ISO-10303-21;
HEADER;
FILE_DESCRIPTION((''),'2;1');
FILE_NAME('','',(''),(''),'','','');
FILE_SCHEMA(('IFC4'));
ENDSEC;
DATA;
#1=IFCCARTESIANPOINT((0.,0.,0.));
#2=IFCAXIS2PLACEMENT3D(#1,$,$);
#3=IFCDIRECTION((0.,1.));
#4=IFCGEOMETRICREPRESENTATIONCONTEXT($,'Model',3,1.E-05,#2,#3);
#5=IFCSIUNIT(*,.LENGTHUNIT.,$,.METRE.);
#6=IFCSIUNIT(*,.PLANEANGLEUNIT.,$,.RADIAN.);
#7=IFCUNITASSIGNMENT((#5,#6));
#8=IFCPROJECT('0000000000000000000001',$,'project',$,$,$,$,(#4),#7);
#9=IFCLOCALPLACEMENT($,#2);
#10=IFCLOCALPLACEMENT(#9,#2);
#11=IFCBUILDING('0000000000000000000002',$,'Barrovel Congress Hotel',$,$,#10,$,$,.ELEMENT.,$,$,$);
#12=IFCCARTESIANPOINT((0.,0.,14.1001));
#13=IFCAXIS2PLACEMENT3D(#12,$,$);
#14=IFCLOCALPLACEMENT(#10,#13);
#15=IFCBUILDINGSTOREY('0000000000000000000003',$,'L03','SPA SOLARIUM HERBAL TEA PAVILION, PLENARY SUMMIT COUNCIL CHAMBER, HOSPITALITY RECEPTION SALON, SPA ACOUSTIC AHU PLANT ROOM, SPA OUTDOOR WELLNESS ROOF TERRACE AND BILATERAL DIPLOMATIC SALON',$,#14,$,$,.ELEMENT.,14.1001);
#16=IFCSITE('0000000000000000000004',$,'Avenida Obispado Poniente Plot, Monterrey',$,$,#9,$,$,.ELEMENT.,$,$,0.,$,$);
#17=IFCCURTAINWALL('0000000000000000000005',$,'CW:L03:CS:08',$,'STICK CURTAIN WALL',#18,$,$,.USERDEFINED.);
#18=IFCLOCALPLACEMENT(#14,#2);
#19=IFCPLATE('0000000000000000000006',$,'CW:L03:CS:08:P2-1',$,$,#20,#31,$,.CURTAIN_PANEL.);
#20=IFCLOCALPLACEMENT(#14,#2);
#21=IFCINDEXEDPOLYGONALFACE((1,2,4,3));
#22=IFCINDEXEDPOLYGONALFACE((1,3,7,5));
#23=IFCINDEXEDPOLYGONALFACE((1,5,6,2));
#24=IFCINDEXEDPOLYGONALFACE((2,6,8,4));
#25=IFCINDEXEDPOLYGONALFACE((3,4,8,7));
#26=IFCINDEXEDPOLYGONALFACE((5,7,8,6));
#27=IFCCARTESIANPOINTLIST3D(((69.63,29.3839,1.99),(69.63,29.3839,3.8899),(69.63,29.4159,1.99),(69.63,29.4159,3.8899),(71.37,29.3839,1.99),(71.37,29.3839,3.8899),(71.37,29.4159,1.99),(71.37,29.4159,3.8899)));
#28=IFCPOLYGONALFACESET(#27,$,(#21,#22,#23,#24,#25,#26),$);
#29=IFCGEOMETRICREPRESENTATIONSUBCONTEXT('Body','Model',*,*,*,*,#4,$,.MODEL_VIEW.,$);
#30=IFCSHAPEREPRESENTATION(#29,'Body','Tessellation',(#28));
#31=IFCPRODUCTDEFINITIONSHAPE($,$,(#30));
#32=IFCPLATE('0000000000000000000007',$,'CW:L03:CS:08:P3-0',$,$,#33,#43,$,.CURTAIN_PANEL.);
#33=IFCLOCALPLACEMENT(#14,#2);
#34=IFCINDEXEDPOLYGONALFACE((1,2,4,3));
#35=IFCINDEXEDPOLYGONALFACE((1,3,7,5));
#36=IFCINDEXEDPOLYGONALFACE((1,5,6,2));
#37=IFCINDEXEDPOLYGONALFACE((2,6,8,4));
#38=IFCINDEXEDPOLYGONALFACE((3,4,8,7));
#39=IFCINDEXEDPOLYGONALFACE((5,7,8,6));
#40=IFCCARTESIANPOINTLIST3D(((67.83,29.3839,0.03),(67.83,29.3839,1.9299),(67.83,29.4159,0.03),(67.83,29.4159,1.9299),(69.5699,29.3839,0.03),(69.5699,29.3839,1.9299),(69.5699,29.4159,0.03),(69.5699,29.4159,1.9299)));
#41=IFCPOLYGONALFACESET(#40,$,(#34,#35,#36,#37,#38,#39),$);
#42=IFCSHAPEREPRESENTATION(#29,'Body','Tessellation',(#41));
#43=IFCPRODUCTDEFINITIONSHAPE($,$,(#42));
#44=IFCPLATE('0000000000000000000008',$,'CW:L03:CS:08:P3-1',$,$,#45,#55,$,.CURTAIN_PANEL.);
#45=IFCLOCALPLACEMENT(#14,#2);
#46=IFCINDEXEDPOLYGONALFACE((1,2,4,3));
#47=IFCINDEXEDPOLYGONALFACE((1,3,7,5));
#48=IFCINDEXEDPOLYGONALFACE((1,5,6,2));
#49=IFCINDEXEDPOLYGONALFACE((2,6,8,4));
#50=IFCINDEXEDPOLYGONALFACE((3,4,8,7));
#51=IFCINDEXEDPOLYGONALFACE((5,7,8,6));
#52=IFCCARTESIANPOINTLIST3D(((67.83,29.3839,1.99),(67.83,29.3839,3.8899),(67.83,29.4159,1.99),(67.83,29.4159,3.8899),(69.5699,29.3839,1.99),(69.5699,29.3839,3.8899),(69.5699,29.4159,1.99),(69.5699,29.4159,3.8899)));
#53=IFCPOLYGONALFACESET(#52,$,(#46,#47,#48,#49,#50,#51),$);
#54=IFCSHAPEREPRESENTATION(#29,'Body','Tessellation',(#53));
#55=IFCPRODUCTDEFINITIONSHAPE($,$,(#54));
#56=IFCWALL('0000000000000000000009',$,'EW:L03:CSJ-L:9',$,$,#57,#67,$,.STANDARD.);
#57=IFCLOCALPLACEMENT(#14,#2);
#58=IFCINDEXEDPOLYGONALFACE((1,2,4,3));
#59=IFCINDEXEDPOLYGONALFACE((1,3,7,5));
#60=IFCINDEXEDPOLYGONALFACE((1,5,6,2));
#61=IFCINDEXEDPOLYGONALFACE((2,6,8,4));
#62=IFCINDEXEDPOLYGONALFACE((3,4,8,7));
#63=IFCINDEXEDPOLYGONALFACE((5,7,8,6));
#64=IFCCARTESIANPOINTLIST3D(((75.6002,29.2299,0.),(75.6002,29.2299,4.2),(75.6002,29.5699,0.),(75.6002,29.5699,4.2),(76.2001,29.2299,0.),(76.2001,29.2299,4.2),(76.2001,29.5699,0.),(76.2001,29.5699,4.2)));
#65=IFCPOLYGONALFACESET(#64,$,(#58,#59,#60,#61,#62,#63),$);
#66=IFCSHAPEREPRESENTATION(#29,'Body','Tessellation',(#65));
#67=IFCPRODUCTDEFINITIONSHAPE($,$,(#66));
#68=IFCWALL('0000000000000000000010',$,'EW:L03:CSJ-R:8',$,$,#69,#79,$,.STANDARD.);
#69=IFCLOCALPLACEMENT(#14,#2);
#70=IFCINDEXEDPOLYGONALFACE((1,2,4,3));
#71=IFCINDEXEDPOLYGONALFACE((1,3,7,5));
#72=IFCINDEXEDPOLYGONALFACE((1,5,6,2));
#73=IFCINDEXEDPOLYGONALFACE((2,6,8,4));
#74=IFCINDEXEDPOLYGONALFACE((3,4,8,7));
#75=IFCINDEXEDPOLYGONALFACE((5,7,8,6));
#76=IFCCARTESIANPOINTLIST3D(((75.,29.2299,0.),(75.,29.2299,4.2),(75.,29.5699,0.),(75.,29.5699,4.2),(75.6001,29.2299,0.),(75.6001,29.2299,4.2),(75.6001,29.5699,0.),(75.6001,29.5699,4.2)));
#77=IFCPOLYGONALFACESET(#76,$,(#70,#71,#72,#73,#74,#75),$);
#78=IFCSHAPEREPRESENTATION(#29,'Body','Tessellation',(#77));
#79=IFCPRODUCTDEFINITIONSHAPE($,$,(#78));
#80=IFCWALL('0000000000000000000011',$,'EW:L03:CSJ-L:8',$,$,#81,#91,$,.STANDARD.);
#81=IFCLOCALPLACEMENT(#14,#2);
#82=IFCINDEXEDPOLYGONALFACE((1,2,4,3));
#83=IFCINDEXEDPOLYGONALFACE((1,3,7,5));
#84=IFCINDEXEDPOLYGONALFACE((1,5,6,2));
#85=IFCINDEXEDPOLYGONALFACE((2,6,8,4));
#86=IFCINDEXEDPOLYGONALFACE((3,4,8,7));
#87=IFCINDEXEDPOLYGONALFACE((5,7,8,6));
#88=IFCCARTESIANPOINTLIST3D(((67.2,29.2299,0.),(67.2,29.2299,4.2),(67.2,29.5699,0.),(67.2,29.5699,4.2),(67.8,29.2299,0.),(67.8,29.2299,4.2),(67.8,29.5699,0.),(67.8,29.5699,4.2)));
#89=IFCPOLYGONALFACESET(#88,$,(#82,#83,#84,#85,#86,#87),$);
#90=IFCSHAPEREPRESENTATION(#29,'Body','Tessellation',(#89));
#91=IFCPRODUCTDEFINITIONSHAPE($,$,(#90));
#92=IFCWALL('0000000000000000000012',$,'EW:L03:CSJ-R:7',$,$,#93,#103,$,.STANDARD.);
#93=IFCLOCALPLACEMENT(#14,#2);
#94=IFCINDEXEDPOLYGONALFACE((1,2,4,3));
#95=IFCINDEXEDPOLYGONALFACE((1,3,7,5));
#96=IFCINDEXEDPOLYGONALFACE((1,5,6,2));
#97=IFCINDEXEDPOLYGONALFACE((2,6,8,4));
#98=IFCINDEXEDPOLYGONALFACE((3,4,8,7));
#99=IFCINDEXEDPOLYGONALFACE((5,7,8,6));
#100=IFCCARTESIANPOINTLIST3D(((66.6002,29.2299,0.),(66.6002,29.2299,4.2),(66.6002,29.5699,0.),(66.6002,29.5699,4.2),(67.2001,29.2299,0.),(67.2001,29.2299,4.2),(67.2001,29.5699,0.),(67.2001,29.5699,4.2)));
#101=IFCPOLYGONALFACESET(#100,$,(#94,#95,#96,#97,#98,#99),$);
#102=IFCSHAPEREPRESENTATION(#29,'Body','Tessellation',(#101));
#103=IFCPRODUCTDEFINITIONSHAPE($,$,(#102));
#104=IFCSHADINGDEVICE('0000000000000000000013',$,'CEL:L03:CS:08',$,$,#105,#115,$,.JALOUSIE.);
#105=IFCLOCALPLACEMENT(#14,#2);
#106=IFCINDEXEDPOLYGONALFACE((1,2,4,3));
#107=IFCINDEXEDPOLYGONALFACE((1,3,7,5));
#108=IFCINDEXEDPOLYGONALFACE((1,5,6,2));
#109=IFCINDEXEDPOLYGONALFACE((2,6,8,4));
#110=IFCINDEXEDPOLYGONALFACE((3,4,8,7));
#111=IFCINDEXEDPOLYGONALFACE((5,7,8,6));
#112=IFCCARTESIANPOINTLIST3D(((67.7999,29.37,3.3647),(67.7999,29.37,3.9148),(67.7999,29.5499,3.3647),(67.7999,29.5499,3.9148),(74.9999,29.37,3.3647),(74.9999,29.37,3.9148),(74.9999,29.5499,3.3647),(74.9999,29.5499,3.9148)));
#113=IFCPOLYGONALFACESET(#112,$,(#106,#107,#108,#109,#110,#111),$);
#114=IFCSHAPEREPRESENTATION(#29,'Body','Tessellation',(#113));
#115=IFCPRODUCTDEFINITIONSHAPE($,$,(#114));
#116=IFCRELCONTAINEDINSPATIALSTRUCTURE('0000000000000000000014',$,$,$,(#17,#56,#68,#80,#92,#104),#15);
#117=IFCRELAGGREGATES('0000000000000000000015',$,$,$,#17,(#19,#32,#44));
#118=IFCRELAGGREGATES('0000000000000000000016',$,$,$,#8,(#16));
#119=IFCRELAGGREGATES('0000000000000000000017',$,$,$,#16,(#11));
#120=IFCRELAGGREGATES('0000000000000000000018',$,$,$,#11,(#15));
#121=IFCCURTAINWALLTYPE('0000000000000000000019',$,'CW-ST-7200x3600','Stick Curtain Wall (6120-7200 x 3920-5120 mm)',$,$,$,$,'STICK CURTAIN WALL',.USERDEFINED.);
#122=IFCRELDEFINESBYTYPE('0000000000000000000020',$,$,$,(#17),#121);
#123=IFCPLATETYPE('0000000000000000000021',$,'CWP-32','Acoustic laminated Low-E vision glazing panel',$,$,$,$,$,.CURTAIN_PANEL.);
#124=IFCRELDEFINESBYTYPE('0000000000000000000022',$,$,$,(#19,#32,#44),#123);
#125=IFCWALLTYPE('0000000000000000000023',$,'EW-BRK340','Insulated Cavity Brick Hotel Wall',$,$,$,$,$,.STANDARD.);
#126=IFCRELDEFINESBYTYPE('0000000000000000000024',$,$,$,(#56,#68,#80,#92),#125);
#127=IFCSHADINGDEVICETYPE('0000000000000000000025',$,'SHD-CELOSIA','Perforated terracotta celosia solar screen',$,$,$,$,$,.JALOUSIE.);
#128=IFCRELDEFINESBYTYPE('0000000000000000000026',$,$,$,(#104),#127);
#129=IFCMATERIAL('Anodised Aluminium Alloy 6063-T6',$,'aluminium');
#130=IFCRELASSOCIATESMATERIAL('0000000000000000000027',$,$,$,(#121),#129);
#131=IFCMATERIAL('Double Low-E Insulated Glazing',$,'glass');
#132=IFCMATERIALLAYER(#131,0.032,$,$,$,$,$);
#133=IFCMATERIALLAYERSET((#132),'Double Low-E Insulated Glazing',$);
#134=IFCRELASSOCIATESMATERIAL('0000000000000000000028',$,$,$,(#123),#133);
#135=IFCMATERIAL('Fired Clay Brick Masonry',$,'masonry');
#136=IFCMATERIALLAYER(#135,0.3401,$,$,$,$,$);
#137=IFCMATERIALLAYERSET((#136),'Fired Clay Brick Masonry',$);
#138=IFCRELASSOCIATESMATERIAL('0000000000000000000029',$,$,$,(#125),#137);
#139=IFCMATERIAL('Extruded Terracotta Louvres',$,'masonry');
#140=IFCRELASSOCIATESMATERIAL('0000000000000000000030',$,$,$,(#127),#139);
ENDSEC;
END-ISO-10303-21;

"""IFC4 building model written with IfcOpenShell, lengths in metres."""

from ifc_helpers import new_model, si_unit, direction, frame, frame_2d, origin, origin_2d, place, context, subcontext, project, spatial, rectangle, extrude, material, layer, layer_set, type_object, element, aggregate, save


model = new_model("IFC4")

# Units and contexts
model_context = context("Model", 3, precision=1e-05, world=origin(), true_north=direction((0.0, 1.0)))
body_context = subcontext(model_context, "Body", "Model", "MODEL_VIEW")
ifc_project = project(units=[si_unit("LENGTHUNIT", "METRE"), si_unit("PLANEANGLEUNIT", "RADIAN")], contexts=[model_context])

# Site, building, storey
site_placement = place(None, origin())
site = spatial("IfcSite", under=ifc_project, at=site_placement, Name="Avenida Obispado Poniente Plot, Monterrey", CompositionType="ELEMENT", RefElevation=0.0)
building_placement = place(site_placement, origin())
building = spatial("IfcBuilding", under=site, at=building_placement, Name="Barrovel Congress Hotel", CompositionType="ELEMENT")
storey_placement = place(building_placement, frame((0.0, 0.0, 14.1001)))
storey = spatial("IfcBuildingStorey", under=building, at=storey_placement, Name="L03", Description="SPA SOLARIUM HERBAL TEA PAVILION, PLENARY SUMMIT COUNCIL CHAMBER, HOSPITALITY RECEPTION SALON, SPA ACOUSTIC AHU PLANT ROOM, SPA OUTDOOR WELLNESS ROOF TERRACE AND BILATERAL DIPLOMATIC SALON", CompositionType="ELEMENT", Elevation=14.1001)

# Shared definitions
ifc_material_1 = material(Name="Anodised Aluminium Alloy 6063-T6", Category="aluminium")
curtain_wall_type = type_object("IfcCurtainWallType", Name="CW-ST-7200x3600", Description="Stick Curtain Wall (6120-7200 x 3920-5120 mm)", ElementType="STICK CURTAIN WALL", PredefinedType="USERDEFINED", material=ifc_material_1)

# Curtain wall
curtain_wall_1_placement = place(storey_placement, origin())
curtain_wall_1 = element("IfcCurtainWall", 1, at=curtain_wall_1_placement, inside=storey, type_object=curtain_wall_type, Name="CW:L03:CS:08", ObjectType="STICK CURTAIN WALL", PredefinedType="USERDEFINED")

# Plates
ifc_material_2 = material(Name="Double Low-E Insulated Glazing", Category="glass")
ifc_layer_1 = layer(ifc_material_2, 0.032)
ifc_layer_set_1 = layer_set([ifc_layer_1], Name="Double Low-E Insulated Glazing")
plate_type_1 = type_object("IfcPlateType", Name="CWP-32", Description="Acoustic laminated Low-E vision glazing panel", PredefinedType="CURTAIN_PANEL", material=ifc_layer_set_1)
plate_1_placement = place(storey_placement, frame((70.5, 29.3999, 1.99), z_axis=(0.0, 0.0, 1.0), x_axis=(-1.0, 0.0, 0.0)))
plate_1 = element("IfcPlate", 2, at=plate_1_placement, type_object=plate_type_1, Name="CW:L03:CS:08:P2-1", PredefinedType="CURTAIN_PANEL", context=body_context, shape_type="SweptSolid", body=[
    extrude(rectangle(XDim=1.74, YDim=0.032, at=origin_2d()), origin(), (0.0, 0.0, 1.0), 1.8999),
])
plate_2_placement = place(storey_placement, frame((68.7, 29.3999, 0.03), z_axis=(0.0, 0.0, 1.0), x_axis=(-1.0, 0.0, 0.0)))
plate_2 = element("IfcPlate", 3, at=plate_2_placement, type_object=plate_type_1, Name="CW:L03:CS:08:P3-0", PredefinedType="CURTAIN_PANEL", context=body_context, shape_type="SweptSolid", body=[
    extrude(rectangle(XDim=1.74, YDim=0.032, at=origin_2d()), origin(), (0.0, 0.0, 1.0), 1.8999),
])
plate_3_placement = place(storey_placement, frame((68.7, 29.3999, 1.99), z_axis=(0.0, 0.0, 1.0), x_axis=(-1.0, 0.0, 0.0)))
plate_3 = element("IfcPlate", 4, at=plate_3_placement, type_object=plate_type_1, Name="CW:L03:CS:08:P3-1", PredefinedType="CURTAIN_PANEL", context=body_context, shape_type="SweptSolid", body=[
    extrude(rectangle(XDim=1.74, YDim=0.032, at=origin_2d()), origin(), (0.0, 0.0, 1.0), 1.8999),
])
aggregate(curtain_wall_1, [plate_1, plate_2, plate_3])

# Walls
ifc_material_3 = material(Name="Fired Clay Brick Masonry", Category="masonry")
ifc_layer_2 = layer(ifc_material_3, 0.3401)
ifc_layer_set_2 = layer_set([ifc_layer_2], Name="Fired Clay Brick Masonry")
wall_type = type_object("IfcWallType", Name="EW-BRK340", Description="Insulated Cavity Brick Hotel Wall", PredefinedType="STANDARD", material=ifc_layer_set_2)
wall_1_placement = place(storey_placement, frame((76.2, 29.3999, 0.0), z_axis=(0.0, 0.0, 1.0), x_axis=(-1.0, 0.0, 0.0)))
element("IfcWall", 5, at=wall_1_placement, inside=storey, type_object=wall_type, Name="EW:L03:CSJ-L:9", PredefinedType="STANDARD", context=body_context, shape_type="SweptSolid", body=[
    extrude(rectangle(XDim=0.5999, YDim=0.3401, at=frame_2d((0.2998, 0.0))), origin(), (0.0, 0.0, 1.0), 4.2),
])
for number, where, z_axis, x_axis, name in (
    (6, (75.6001, 29.3999, 0.0), (0.0, 0.0, 1.0), (-1.0, 0.0, 0.0), "EW:L03:CSJ-R:8"),
    (7, (67.8, 29.3999, 0.0), (0.0, 0.0, 1.0), (-1.0, 0.0, 0.0), "EW:L03:CSJ-L:8"),
):
    element("IfcWall", number, at=place(storey_placement, frame(where, z_axis=z_axis, x_axis=x_axis)), inside=storey, type_object=wall_type, Name=name, PredefinedType="STANDARD", context=body_context, shape_type="SweptSolid", body=[
        extrude(rectangle(XDim=0.6001, YDim=0.3401, at=frame_2d((0.3, 0.0))), origin(), (0.0, 0.0, 1.0), 4.2),
    ])
wall_2_placement = place(storey_placement, frame((67.2, 29.3999, 0.0), z_axis=(0.0, 0.0, 1.0), x_axis=(-1.0, 0.0, 0.0)))
element("IfcWall", 8, at=wall_2_placement, inside=storey, type_object=wall_type, Name="EW:L03:CSJ-R:7", PredefinedType="STANDARD", context=body_context, shape_type="SweptSolid", body=[
    extrude(rectangle(XDim=0.5999, YDim=0.3401, at=frame_2d((0.2998, 0.0))), origin(), (0.0, 0.0, 1.0), 4.2),
])

# Shading device
ifc_material_4 = material(Name="Extruded Terracotta Louvres", Category="masonry")
shading_device_type = type_object("IfcShadingDeviceType", Name="SHD-CELOSIA", Description="Perforated terracotta celosia solar screen", PredefinedType="JALOUSIE", material=ifc_material_4)
shading_device_placement = place(storey_placement, frame((71.3999, 29.46, 3.3647), z_axis=(0.0, 0.0, 1.0), x_axis=(1.0, 0.0, 0.0)))
element("IfcShadingDevice", 9, at=shading_device_placement, inside=storey, type_object=shading_device_type, Name="CEL:L03:CS:08", PredefinedType="JALOUSIE", context=body_context, shape_type="SweptSolid", body=[
    extrude(rectangle(XDim=7.2, YDim=0.1799, at=origin_2d()), origin(), (0.0, 0.0, 1.0), 0.55),
])

save(model, "model.ifc")
